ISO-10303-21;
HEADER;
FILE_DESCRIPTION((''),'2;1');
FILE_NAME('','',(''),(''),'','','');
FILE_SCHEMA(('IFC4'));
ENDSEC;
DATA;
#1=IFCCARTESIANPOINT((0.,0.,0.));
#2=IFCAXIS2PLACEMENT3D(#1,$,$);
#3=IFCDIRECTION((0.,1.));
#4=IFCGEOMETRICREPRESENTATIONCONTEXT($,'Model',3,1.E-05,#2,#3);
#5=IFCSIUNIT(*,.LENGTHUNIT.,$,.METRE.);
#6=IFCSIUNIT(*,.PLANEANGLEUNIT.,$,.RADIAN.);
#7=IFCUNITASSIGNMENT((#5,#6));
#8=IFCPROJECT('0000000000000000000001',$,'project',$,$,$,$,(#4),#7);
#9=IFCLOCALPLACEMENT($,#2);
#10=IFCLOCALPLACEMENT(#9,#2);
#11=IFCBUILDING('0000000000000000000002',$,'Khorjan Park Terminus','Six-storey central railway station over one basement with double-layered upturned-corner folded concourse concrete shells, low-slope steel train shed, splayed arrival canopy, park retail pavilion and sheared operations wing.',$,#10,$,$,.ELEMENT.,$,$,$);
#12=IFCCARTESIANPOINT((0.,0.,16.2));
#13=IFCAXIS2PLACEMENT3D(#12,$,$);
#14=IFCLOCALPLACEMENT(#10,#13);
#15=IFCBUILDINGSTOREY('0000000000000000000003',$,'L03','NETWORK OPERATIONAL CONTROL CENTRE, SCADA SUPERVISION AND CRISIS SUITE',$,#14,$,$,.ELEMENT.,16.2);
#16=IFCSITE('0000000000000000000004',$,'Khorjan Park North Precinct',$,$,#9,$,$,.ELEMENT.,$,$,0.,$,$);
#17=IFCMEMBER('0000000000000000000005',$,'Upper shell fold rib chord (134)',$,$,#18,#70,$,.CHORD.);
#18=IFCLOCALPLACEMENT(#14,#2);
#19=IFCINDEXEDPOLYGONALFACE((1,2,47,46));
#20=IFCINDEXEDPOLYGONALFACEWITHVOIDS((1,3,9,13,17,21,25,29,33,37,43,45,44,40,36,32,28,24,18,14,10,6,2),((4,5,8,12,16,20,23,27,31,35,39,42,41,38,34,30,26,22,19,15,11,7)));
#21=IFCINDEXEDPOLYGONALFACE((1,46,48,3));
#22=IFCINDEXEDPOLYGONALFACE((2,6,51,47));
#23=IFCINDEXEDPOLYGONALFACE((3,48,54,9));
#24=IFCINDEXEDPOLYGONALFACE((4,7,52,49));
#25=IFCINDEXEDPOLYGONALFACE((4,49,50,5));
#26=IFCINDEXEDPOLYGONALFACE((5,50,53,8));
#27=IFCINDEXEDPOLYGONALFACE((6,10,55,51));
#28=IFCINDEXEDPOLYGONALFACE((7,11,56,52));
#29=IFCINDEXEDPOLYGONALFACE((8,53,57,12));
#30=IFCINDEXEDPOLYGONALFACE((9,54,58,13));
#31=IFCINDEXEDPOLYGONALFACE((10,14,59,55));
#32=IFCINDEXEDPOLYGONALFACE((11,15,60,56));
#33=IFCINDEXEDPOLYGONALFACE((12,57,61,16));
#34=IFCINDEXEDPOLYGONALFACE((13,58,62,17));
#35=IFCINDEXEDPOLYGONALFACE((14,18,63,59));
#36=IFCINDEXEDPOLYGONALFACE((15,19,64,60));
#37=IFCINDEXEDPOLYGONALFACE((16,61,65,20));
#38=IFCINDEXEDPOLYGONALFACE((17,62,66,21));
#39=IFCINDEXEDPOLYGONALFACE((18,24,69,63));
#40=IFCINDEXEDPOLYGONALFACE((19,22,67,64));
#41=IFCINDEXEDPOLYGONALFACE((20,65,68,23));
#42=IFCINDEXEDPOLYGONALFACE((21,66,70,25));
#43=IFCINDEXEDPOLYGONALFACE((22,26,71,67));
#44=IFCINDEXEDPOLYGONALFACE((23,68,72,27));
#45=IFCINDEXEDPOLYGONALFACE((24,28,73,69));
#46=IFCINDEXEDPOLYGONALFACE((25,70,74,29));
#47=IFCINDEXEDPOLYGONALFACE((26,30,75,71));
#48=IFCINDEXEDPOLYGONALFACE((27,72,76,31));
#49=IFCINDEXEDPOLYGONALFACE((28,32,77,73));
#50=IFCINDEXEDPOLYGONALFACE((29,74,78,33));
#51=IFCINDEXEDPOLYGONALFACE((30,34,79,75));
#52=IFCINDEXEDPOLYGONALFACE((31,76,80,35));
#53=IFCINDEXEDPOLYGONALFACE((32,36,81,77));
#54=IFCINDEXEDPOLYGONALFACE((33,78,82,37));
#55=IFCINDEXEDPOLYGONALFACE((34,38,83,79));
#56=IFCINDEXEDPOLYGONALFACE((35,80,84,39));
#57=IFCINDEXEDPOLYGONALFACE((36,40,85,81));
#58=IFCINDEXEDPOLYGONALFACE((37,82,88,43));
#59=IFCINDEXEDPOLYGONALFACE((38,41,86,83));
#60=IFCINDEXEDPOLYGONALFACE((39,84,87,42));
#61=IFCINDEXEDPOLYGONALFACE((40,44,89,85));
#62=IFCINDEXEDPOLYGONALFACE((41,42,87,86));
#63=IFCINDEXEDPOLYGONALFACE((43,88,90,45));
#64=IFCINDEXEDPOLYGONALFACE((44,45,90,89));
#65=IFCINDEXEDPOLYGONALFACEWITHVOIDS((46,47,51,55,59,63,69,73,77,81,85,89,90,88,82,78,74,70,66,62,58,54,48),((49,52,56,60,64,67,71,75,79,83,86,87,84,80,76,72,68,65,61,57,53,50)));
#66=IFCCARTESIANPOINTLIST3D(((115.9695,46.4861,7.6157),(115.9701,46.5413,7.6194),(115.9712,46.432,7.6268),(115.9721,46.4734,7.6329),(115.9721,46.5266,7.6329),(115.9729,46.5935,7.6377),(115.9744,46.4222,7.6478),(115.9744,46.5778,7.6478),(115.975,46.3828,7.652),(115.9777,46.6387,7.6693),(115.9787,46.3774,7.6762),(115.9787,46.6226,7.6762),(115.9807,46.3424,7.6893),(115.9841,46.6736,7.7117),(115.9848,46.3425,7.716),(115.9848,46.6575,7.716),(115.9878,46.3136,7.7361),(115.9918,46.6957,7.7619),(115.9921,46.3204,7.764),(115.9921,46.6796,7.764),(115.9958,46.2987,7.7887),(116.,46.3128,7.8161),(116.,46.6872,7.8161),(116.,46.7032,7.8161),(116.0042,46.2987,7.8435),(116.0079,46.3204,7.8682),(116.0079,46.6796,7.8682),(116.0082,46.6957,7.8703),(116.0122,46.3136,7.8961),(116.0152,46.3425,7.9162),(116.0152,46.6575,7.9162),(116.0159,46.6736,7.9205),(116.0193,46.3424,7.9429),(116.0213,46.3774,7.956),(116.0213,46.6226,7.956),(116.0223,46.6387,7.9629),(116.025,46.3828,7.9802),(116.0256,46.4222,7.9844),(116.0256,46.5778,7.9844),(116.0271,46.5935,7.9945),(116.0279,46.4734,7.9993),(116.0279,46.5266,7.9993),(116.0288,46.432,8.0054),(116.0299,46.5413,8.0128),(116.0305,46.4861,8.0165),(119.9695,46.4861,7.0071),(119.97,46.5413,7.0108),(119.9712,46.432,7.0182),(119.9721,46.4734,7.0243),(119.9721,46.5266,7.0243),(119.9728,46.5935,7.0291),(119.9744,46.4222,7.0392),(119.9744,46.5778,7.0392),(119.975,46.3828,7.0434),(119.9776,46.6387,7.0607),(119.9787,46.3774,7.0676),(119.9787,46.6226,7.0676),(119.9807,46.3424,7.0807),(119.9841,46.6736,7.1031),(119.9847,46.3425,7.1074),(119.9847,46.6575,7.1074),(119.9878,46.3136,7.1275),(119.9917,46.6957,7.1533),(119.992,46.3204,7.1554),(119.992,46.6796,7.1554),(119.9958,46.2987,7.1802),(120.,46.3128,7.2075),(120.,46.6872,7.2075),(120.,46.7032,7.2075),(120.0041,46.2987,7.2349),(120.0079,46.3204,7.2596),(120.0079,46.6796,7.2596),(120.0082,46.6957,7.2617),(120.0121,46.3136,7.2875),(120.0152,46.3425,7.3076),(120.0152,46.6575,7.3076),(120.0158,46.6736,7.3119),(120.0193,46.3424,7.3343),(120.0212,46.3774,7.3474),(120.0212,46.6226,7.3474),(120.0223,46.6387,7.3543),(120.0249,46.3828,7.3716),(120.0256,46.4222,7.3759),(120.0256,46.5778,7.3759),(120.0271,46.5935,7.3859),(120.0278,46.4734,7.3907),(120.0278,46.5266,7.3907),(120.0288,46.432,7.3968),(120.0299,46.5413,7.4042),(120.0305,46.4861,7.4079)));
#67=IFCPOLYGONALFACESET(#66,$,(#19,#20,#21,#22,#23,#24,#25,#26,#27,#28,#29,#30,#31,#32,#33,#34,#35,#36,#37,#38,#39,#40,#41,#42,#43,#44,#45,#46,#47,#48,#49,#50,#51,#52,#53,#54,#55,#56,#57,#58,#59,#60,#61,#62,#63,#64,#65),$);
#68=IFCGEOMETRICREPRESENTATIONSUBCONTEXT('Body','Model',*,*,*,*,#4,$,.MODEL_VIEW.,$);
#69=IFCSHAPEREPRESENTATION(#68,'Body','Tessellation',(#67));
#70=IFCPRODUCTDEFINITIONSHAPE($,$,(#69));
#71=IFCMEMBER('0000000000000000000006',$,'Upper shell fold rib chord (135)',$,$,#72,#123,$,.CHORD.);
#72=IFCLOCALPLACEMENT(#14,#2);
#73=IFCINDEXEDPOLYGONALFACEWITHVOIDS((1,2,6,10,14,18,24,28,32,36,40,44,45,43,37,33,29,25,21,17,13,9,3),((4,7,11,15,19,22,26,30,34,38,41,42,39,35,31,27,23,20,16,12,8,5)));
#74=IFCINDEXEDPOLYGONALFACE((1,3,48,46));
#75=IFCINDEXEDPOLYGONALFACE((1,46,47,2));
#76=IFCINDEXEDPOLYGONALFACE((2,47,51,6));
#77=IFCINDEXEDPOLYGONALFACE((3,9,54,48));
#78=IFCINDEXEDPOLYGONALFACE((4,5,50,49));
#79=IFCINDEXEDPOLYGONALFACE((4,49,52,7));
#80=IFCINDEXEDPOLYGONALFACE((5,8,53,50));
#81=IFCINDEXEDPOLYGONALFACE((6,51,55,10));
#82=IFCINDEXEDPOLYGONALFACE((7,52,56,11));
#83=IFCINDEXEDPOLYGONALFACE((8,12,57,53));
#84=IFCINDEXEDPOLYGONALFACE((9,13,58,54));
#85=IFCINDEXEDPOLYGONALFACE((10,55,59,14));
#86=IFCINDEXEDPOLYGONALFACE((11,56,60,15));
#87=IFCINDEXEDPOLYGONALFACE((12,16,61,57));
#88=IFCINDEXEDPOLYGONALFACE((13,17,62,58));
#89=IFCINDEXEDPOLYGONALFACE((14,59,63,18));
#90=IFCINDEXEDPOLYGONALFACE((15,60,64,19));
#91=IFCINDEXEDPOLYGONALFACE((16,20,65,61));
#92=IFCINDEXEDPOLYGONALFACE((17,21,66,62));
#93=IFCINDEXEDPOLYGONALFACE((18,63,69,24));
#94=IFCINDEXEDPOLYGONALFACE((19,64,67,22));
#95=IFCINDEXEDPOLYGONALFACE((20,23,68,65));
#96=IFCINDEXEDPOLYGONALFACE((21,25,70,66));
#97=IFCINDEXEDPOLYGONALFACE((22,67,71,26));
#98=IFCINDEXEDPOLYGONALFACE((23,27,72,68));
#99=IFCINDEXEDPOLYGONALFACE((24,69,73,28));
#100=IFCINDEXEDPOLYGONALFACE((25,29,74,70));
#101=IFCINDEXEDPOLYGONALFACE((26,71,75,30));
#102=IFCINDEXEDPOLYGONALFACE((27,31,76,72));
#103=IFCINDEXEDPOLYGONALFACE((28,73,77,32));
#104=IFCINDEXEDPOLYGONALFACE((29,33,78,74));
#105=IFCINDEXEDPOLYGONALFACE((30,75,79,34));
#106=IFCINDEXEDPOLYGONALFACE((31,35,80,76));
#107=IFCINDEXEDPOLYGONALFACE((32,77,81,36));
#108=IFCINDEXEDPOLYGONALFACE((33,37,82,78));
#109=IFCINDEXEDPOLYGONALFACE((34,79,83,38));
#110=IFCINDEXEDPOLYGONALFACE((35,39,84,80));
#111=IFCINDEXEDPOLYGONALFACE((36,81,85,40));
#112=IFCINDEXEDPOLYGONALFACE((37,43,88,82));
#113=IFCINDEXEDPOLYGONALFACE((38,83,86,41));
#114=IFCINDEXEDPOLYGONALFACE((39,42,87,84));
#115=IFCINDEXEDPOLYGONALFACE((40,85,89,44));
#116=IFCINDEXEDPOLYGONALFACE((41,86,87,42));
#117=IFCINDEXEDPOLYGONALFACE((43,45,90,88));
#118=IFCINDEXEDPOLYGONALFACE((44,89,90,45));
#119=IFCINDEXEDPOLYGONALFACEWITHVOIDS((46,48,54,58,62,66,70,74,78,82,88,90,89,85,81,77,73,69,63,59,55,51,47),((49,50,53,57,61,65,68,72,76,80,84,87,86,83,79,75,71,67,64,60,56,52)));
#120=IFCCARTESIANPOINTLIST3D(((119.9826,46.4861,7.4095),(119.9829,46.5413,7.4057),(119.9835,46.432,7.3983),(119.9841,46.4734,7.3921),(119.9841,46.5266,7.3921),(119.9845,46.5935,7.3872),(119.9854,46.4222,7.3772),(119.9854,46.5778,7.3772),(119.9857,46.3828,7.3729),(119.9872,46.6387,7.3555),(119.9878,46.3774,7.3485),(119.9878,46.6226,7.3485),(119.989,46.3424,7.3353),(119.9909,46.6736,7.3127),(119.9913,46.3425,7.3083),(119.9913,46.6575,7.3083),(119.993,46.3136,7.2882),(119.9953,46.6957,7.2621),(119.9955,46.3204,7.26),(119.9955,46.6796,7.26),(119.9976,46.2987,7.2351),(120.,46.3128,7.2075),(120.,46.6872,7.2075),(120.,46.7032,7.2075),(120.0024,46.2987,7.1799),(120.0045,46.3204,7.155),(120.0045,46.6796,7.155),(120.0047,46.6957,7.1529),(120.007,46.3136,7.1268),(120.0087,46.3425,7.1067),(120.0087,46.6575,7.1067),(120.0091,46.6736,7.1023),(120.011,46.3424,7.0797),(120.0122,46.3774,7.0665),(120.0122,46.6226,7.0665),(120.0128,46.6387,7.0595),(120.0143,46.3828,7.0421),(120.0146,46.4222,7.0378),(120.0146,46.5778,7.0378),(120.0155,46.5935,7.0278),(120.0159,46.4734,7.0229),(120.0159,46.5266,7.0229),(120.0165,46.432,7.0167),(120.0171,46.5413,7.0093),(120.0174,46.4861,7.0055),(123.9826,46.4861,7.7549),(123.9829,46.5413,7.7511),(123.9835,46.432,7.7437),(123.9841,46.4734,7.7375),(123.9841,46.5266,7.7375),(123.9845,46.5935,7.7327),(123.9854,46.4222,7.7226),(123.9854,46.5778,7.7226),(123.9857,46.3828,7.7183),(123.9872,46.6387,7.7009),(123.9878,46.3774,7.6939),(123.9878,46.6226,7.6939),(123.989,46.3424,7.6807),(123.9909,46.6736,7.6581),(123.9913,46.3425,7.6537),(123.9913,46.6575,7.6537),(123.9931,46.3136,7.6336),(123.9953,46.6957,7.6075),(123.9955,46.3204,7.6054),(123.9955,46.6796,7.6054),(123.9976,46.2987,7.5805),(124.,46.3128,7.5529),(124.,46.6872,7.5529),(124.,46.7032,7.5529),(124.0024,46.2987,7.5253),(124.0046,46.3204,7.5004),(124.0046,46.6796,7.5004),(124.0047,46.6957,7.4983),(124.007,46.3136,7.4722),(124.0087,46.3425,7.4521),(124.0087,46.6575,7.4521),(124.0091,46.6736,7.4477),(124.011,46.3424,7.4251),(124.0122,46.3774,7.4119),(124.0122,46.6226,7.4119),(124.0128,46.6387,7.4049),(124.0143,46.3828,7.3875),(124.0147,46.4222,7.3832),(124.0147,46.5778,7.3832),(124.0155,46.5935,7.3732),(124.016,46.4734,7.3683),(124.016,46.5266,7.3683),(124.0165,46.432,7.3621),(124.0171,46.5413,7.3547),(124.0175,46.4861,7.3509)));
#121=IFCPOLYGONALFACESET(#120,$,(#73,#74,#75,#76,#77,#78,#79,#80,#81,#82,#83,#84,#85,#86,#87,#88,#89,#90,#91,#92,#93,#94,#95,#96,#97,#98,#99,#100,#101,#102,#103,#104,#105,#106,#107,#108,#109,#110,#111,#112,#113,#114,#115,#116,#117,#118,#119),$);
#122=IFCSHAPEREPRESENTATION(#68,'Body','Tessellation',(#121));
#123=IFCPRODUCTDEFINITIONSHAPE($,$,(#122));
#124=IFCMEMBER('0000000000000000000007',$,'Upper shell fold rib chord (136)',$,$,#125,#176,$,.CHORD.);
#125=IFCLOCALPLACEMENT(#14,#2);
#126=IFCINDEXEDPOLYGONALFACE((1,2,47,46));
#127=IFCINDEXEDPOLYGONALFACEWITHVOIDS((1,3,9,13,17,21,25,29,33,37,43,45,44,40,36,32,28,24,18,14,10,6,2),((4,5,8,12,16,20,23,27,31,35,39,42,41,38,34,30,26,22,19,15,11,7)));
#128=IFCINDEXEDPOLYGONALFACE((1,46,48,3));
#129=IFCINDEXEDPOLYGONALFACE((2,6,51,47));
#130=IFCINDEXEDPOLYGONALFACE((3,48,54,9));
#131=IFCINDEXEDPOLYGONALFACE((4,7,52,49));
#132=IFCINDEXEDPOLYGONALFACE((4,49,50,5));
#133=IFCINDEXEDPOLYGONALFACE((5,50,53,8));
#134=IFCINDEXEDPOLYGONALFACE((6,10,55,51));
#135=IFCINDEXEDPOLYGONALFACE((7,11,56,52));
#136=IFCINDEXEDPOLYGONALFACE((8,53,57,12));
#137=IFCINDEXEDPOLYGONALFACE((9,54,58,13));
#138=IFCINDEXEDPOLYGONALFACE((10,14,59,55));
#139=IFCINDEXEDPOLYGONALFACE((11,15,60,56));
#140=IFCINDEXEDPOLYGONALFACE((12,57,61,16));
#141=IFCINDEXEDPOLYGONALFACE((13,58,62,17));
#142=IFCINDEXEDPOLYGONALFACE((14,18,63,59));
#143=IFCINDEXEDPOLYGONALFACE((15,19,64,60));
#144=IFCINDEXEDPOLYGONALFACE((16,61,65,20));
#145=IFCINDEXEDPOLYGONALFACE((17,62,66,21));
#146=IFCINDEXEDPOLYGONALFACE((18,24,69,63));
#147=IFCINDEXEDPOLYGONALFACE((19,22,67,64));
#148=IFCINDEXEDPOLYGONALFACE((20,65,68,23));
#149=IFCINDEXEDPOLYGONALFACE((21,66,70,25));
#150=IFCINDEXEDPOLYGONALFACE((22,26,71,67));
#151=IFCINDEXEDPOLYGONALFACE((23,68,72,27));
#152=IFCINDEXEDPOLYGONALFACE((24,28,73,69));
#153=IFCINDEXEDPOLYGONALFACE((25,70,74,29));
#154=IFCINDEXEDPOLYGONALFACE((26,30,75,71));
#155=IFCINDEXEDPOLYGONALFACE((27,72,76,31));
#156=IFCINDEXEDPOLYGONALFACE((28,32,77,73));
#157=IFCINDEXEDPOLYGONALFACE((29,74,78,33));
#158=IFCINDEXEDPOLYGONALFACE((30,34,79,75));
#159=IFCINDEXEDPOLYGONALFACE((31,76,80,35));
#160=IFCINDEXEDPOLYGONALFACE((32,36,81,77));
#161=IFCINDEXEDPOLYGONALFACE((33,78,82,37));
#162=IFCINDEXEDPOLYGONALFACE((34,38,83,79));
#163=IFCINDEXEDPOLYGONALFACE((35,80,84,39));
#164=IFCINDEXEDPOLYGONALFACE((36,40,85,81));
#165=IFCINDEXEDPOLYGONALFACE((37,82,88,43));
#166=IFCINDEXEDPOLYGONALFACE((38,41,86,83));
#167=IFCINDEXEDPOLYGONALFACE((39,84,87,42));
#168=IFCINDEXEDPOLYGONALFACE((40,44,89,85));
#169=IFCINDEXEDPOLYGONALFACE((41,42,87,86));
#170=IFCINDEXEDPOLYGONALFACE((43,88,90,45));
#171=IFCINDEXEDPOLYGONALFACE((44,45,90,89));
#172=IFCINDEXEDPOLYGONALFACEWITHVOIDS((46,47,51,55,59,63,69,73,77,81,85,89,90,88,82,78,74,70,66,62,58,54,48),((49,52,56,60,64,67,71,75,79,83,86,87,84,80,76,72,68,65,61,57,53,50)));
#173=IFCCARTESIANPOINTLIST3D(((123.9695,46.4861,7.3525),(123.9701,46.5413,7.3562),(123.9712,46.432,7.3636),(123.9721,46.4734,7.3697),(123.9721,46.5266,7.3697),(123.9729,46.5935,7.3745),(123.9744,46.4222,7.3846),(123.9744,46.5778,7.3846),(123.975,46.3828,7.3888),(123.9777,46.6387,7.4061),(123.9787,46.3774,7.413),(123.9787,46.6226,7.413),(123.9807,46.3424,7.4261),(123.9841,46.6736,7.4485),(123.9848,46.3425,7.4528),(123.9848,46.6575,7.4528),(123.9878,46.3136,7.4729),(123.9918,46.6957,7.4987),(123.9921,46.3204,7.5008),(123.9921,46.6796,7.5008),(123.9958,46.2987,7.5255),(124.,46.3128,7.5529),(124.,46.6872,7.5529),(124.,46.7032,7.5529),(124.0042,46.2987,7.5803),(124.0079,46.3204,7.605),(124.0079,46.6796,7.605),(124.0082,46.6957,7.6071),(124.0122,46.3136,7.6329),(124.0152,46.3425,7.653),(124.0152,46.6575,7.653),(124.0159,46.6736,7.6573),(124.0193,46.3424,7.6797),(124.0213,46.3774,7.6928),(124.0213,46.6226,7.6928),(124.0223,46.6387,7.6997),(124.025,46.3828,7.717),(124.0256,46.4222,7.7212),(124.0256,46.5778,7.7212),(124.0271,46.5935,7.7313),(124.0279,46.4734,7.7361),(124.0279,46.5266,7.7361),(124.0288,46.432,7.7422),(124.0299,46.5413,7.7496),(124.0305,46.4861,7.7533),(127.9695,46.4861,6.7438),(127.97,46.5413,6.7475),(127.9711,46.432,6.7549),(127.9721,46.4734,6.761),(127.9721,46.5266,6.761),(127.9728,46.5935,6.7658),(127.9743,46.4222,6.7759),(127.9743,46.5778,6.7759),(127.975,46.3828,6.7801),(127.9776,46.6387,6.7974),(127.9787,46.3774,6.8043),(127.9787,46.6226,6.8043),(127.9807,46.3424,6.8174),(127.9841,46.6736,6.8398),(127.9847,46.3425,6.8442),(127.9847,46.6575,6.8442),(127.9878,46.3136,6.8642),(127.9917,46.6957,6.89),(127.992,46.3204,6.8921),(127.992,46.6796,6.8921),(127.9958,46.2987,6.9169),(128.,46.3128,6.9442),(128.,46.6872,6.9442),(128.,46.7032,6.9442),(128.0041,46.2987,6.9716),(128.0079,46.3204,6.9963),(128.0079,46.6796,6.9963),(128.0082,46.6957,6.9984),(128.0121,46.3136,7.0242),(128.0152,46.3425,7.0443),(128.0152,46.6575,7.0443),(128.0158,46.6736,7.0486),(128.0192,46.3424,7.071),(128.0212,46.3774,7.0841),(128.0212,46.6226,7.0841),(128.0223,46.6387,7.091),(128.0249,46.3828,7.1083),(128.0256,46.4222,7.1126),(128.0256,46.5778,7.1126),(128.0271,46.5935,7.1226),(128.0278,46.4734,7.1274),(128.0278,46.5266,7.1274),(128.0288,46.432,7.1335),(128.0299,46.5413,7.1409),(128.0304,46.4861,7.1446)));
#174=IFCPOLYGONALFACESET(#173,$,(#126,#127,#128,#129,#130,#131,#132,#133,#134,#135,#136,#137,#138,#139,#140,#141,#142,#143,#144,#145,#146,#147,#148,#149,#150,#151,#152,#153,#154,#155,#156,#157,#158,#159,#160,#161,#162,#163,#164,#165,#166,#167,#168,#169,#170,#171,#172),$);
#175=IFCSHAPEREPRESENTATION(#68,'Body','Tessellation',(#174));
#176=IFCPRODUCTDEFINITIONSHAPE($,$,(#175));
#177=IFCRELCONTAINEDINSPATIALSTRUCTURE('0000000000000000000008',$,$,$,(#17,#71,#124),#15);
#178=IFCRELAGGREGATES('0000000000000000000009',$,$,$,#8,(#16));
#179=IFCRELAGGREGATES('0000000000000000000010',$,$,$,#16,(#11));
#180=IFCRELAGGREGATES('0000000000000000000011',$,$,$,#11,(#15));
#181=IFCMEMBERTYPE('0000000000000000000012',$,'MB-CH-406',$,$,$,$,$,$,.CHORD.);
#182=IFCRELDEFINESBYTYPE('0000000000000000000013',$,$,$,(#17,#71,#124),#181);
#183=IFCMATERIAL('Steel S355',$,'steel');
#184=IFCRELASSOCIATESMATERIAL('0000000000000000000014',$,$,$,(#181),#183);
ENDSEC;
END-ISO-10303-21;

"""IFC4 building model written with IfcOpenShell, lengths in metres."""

from ifc_helpers import new_model, si_unit, direction, frame, origin, origin_2d, place, context, subcontext, project, spatial, hollow_circle, extrude, material, material_profile, profile_set, type_object, element, save


model = new_model("IFC4")

# Units and contexts
model_context = context("Model", 3, precision=1e-05, world=origin(), true_north=direction((0.0, 1.0)))
body_context = subcontext(model_context, "Body", "Model", "MODEL_VIEW")
ifc_project = project(units=[si_unit("LENGTHUNIT", "METRE"), si_unit("PLANEANGLEUNIT", "RADIAN")], contexts=[model_context])

# Site, building, storey
site_placement = place(None, origin())
site = spatial("IfcSite", under=ifc_project, at=site_placement, Name="Khorjan Park North Precinct", CompositionType="ELEMENT", RefElevation=0.0)
building_placement = place(site_placement, origin())
building = spatial("IfcBuilding", under=site, at=building_placement, Name="Khorjan Park Terminus", Description="Six-storey central railway station over one basement with double-layered upturned-corner folded concourse concrete shells, low-slope steel train shed, splayed arrival canopy, park retail pavilion and sheared operations wing.", CompositionType="ELEMENT")
storey_placement = place(building_placement, frame((0.0, 0.0, 16.2)))
storey = spatial("IfcBuildingStorey", under=building, at=storey_placement, Name="L03", Description="NETWORK OPERATIONAL CONTROL CENTRE, SCADA SUPERVISION AND CRISIS SUITE", CompositionType="ELEMENT", Elevation=16.2)

# Members
ifc_material = material(Name="Steel S355", Category="steel")
ifc_material_profile_1 = material_profile(ifc_material, hollow_circle(Radius=0.2032, WallThickness=0.016, at=origin_2d()), Name="CHS 406.4x16")
ifc_profile_set_1 = profile_set([ifc_material_profile_1], Name="Steel S355")
member_type_1 = type_object("IfcMemberType", Name="MB-CH-406", PredefinedType="CHORD", material=ifc_profile_set_1)
member_1_placement = place(storey_placement, frame((116.0, 46.5, 7.8161), z_axis=(0.988622, 0.0, -0.150419), x_axis=(0.0, 1.0, 0.0)))
element("IfcMember", 1, at=member_1_placement, inside=storey, type_object=member_type_1, Name="Upper shell fold rib chord (134)", PredefinedType="CHORD", context=body_context, shape_type="SweptSolid", body=[
    extrude(hollow_circle(Radius=0.2032, WallThickness=0.016, at=origin_2d()), origin(), (0.0, 0.0, 1.0), 4.046),
])
member_2_placement = place(storey_placement, frame((120.0, 46.5, 7.2075), z_axis=(0.996293, 0.0, 0.08603), x_axis=(0.0, 1.0, 0.0)))
element("IfcMember", 2, at=member_2_placement, inside=storey, type_object=member_type_1, Name="Upper shell fold rib chord (135)", PredefinedType="CHORD", context=body_context, shape_type="SweptSolid", body=[
    extrude(hollow_circle(Radius=0.2032, WallThickness=0.016, at=origin_2d()), origin(), (0.0, 0.0, 1.0), 4.0149),
])
member_3_placement = place(storey_placement, frame((124.0, 46.5, 7.5529), z_axis=(0.988619, 0.0, -0.150443), x_axis=(0.0, 1.0, 0.0)))
element("IfcMember", 3, at=member_3_placement, inside=storey, type_object=member_type_1, Name="Upper shell fold rib chord (136)", PredefinedType="CHORD", context=body_context, shape_type="SweptSolid", body=[
    extrude(hollow_circle(Radius=0.2032, WallThickness=0.016, at=origin_2d()), origin(), (0.0, 0.0, 1.0), 4.046),
])

save(model, "model.ifc")
